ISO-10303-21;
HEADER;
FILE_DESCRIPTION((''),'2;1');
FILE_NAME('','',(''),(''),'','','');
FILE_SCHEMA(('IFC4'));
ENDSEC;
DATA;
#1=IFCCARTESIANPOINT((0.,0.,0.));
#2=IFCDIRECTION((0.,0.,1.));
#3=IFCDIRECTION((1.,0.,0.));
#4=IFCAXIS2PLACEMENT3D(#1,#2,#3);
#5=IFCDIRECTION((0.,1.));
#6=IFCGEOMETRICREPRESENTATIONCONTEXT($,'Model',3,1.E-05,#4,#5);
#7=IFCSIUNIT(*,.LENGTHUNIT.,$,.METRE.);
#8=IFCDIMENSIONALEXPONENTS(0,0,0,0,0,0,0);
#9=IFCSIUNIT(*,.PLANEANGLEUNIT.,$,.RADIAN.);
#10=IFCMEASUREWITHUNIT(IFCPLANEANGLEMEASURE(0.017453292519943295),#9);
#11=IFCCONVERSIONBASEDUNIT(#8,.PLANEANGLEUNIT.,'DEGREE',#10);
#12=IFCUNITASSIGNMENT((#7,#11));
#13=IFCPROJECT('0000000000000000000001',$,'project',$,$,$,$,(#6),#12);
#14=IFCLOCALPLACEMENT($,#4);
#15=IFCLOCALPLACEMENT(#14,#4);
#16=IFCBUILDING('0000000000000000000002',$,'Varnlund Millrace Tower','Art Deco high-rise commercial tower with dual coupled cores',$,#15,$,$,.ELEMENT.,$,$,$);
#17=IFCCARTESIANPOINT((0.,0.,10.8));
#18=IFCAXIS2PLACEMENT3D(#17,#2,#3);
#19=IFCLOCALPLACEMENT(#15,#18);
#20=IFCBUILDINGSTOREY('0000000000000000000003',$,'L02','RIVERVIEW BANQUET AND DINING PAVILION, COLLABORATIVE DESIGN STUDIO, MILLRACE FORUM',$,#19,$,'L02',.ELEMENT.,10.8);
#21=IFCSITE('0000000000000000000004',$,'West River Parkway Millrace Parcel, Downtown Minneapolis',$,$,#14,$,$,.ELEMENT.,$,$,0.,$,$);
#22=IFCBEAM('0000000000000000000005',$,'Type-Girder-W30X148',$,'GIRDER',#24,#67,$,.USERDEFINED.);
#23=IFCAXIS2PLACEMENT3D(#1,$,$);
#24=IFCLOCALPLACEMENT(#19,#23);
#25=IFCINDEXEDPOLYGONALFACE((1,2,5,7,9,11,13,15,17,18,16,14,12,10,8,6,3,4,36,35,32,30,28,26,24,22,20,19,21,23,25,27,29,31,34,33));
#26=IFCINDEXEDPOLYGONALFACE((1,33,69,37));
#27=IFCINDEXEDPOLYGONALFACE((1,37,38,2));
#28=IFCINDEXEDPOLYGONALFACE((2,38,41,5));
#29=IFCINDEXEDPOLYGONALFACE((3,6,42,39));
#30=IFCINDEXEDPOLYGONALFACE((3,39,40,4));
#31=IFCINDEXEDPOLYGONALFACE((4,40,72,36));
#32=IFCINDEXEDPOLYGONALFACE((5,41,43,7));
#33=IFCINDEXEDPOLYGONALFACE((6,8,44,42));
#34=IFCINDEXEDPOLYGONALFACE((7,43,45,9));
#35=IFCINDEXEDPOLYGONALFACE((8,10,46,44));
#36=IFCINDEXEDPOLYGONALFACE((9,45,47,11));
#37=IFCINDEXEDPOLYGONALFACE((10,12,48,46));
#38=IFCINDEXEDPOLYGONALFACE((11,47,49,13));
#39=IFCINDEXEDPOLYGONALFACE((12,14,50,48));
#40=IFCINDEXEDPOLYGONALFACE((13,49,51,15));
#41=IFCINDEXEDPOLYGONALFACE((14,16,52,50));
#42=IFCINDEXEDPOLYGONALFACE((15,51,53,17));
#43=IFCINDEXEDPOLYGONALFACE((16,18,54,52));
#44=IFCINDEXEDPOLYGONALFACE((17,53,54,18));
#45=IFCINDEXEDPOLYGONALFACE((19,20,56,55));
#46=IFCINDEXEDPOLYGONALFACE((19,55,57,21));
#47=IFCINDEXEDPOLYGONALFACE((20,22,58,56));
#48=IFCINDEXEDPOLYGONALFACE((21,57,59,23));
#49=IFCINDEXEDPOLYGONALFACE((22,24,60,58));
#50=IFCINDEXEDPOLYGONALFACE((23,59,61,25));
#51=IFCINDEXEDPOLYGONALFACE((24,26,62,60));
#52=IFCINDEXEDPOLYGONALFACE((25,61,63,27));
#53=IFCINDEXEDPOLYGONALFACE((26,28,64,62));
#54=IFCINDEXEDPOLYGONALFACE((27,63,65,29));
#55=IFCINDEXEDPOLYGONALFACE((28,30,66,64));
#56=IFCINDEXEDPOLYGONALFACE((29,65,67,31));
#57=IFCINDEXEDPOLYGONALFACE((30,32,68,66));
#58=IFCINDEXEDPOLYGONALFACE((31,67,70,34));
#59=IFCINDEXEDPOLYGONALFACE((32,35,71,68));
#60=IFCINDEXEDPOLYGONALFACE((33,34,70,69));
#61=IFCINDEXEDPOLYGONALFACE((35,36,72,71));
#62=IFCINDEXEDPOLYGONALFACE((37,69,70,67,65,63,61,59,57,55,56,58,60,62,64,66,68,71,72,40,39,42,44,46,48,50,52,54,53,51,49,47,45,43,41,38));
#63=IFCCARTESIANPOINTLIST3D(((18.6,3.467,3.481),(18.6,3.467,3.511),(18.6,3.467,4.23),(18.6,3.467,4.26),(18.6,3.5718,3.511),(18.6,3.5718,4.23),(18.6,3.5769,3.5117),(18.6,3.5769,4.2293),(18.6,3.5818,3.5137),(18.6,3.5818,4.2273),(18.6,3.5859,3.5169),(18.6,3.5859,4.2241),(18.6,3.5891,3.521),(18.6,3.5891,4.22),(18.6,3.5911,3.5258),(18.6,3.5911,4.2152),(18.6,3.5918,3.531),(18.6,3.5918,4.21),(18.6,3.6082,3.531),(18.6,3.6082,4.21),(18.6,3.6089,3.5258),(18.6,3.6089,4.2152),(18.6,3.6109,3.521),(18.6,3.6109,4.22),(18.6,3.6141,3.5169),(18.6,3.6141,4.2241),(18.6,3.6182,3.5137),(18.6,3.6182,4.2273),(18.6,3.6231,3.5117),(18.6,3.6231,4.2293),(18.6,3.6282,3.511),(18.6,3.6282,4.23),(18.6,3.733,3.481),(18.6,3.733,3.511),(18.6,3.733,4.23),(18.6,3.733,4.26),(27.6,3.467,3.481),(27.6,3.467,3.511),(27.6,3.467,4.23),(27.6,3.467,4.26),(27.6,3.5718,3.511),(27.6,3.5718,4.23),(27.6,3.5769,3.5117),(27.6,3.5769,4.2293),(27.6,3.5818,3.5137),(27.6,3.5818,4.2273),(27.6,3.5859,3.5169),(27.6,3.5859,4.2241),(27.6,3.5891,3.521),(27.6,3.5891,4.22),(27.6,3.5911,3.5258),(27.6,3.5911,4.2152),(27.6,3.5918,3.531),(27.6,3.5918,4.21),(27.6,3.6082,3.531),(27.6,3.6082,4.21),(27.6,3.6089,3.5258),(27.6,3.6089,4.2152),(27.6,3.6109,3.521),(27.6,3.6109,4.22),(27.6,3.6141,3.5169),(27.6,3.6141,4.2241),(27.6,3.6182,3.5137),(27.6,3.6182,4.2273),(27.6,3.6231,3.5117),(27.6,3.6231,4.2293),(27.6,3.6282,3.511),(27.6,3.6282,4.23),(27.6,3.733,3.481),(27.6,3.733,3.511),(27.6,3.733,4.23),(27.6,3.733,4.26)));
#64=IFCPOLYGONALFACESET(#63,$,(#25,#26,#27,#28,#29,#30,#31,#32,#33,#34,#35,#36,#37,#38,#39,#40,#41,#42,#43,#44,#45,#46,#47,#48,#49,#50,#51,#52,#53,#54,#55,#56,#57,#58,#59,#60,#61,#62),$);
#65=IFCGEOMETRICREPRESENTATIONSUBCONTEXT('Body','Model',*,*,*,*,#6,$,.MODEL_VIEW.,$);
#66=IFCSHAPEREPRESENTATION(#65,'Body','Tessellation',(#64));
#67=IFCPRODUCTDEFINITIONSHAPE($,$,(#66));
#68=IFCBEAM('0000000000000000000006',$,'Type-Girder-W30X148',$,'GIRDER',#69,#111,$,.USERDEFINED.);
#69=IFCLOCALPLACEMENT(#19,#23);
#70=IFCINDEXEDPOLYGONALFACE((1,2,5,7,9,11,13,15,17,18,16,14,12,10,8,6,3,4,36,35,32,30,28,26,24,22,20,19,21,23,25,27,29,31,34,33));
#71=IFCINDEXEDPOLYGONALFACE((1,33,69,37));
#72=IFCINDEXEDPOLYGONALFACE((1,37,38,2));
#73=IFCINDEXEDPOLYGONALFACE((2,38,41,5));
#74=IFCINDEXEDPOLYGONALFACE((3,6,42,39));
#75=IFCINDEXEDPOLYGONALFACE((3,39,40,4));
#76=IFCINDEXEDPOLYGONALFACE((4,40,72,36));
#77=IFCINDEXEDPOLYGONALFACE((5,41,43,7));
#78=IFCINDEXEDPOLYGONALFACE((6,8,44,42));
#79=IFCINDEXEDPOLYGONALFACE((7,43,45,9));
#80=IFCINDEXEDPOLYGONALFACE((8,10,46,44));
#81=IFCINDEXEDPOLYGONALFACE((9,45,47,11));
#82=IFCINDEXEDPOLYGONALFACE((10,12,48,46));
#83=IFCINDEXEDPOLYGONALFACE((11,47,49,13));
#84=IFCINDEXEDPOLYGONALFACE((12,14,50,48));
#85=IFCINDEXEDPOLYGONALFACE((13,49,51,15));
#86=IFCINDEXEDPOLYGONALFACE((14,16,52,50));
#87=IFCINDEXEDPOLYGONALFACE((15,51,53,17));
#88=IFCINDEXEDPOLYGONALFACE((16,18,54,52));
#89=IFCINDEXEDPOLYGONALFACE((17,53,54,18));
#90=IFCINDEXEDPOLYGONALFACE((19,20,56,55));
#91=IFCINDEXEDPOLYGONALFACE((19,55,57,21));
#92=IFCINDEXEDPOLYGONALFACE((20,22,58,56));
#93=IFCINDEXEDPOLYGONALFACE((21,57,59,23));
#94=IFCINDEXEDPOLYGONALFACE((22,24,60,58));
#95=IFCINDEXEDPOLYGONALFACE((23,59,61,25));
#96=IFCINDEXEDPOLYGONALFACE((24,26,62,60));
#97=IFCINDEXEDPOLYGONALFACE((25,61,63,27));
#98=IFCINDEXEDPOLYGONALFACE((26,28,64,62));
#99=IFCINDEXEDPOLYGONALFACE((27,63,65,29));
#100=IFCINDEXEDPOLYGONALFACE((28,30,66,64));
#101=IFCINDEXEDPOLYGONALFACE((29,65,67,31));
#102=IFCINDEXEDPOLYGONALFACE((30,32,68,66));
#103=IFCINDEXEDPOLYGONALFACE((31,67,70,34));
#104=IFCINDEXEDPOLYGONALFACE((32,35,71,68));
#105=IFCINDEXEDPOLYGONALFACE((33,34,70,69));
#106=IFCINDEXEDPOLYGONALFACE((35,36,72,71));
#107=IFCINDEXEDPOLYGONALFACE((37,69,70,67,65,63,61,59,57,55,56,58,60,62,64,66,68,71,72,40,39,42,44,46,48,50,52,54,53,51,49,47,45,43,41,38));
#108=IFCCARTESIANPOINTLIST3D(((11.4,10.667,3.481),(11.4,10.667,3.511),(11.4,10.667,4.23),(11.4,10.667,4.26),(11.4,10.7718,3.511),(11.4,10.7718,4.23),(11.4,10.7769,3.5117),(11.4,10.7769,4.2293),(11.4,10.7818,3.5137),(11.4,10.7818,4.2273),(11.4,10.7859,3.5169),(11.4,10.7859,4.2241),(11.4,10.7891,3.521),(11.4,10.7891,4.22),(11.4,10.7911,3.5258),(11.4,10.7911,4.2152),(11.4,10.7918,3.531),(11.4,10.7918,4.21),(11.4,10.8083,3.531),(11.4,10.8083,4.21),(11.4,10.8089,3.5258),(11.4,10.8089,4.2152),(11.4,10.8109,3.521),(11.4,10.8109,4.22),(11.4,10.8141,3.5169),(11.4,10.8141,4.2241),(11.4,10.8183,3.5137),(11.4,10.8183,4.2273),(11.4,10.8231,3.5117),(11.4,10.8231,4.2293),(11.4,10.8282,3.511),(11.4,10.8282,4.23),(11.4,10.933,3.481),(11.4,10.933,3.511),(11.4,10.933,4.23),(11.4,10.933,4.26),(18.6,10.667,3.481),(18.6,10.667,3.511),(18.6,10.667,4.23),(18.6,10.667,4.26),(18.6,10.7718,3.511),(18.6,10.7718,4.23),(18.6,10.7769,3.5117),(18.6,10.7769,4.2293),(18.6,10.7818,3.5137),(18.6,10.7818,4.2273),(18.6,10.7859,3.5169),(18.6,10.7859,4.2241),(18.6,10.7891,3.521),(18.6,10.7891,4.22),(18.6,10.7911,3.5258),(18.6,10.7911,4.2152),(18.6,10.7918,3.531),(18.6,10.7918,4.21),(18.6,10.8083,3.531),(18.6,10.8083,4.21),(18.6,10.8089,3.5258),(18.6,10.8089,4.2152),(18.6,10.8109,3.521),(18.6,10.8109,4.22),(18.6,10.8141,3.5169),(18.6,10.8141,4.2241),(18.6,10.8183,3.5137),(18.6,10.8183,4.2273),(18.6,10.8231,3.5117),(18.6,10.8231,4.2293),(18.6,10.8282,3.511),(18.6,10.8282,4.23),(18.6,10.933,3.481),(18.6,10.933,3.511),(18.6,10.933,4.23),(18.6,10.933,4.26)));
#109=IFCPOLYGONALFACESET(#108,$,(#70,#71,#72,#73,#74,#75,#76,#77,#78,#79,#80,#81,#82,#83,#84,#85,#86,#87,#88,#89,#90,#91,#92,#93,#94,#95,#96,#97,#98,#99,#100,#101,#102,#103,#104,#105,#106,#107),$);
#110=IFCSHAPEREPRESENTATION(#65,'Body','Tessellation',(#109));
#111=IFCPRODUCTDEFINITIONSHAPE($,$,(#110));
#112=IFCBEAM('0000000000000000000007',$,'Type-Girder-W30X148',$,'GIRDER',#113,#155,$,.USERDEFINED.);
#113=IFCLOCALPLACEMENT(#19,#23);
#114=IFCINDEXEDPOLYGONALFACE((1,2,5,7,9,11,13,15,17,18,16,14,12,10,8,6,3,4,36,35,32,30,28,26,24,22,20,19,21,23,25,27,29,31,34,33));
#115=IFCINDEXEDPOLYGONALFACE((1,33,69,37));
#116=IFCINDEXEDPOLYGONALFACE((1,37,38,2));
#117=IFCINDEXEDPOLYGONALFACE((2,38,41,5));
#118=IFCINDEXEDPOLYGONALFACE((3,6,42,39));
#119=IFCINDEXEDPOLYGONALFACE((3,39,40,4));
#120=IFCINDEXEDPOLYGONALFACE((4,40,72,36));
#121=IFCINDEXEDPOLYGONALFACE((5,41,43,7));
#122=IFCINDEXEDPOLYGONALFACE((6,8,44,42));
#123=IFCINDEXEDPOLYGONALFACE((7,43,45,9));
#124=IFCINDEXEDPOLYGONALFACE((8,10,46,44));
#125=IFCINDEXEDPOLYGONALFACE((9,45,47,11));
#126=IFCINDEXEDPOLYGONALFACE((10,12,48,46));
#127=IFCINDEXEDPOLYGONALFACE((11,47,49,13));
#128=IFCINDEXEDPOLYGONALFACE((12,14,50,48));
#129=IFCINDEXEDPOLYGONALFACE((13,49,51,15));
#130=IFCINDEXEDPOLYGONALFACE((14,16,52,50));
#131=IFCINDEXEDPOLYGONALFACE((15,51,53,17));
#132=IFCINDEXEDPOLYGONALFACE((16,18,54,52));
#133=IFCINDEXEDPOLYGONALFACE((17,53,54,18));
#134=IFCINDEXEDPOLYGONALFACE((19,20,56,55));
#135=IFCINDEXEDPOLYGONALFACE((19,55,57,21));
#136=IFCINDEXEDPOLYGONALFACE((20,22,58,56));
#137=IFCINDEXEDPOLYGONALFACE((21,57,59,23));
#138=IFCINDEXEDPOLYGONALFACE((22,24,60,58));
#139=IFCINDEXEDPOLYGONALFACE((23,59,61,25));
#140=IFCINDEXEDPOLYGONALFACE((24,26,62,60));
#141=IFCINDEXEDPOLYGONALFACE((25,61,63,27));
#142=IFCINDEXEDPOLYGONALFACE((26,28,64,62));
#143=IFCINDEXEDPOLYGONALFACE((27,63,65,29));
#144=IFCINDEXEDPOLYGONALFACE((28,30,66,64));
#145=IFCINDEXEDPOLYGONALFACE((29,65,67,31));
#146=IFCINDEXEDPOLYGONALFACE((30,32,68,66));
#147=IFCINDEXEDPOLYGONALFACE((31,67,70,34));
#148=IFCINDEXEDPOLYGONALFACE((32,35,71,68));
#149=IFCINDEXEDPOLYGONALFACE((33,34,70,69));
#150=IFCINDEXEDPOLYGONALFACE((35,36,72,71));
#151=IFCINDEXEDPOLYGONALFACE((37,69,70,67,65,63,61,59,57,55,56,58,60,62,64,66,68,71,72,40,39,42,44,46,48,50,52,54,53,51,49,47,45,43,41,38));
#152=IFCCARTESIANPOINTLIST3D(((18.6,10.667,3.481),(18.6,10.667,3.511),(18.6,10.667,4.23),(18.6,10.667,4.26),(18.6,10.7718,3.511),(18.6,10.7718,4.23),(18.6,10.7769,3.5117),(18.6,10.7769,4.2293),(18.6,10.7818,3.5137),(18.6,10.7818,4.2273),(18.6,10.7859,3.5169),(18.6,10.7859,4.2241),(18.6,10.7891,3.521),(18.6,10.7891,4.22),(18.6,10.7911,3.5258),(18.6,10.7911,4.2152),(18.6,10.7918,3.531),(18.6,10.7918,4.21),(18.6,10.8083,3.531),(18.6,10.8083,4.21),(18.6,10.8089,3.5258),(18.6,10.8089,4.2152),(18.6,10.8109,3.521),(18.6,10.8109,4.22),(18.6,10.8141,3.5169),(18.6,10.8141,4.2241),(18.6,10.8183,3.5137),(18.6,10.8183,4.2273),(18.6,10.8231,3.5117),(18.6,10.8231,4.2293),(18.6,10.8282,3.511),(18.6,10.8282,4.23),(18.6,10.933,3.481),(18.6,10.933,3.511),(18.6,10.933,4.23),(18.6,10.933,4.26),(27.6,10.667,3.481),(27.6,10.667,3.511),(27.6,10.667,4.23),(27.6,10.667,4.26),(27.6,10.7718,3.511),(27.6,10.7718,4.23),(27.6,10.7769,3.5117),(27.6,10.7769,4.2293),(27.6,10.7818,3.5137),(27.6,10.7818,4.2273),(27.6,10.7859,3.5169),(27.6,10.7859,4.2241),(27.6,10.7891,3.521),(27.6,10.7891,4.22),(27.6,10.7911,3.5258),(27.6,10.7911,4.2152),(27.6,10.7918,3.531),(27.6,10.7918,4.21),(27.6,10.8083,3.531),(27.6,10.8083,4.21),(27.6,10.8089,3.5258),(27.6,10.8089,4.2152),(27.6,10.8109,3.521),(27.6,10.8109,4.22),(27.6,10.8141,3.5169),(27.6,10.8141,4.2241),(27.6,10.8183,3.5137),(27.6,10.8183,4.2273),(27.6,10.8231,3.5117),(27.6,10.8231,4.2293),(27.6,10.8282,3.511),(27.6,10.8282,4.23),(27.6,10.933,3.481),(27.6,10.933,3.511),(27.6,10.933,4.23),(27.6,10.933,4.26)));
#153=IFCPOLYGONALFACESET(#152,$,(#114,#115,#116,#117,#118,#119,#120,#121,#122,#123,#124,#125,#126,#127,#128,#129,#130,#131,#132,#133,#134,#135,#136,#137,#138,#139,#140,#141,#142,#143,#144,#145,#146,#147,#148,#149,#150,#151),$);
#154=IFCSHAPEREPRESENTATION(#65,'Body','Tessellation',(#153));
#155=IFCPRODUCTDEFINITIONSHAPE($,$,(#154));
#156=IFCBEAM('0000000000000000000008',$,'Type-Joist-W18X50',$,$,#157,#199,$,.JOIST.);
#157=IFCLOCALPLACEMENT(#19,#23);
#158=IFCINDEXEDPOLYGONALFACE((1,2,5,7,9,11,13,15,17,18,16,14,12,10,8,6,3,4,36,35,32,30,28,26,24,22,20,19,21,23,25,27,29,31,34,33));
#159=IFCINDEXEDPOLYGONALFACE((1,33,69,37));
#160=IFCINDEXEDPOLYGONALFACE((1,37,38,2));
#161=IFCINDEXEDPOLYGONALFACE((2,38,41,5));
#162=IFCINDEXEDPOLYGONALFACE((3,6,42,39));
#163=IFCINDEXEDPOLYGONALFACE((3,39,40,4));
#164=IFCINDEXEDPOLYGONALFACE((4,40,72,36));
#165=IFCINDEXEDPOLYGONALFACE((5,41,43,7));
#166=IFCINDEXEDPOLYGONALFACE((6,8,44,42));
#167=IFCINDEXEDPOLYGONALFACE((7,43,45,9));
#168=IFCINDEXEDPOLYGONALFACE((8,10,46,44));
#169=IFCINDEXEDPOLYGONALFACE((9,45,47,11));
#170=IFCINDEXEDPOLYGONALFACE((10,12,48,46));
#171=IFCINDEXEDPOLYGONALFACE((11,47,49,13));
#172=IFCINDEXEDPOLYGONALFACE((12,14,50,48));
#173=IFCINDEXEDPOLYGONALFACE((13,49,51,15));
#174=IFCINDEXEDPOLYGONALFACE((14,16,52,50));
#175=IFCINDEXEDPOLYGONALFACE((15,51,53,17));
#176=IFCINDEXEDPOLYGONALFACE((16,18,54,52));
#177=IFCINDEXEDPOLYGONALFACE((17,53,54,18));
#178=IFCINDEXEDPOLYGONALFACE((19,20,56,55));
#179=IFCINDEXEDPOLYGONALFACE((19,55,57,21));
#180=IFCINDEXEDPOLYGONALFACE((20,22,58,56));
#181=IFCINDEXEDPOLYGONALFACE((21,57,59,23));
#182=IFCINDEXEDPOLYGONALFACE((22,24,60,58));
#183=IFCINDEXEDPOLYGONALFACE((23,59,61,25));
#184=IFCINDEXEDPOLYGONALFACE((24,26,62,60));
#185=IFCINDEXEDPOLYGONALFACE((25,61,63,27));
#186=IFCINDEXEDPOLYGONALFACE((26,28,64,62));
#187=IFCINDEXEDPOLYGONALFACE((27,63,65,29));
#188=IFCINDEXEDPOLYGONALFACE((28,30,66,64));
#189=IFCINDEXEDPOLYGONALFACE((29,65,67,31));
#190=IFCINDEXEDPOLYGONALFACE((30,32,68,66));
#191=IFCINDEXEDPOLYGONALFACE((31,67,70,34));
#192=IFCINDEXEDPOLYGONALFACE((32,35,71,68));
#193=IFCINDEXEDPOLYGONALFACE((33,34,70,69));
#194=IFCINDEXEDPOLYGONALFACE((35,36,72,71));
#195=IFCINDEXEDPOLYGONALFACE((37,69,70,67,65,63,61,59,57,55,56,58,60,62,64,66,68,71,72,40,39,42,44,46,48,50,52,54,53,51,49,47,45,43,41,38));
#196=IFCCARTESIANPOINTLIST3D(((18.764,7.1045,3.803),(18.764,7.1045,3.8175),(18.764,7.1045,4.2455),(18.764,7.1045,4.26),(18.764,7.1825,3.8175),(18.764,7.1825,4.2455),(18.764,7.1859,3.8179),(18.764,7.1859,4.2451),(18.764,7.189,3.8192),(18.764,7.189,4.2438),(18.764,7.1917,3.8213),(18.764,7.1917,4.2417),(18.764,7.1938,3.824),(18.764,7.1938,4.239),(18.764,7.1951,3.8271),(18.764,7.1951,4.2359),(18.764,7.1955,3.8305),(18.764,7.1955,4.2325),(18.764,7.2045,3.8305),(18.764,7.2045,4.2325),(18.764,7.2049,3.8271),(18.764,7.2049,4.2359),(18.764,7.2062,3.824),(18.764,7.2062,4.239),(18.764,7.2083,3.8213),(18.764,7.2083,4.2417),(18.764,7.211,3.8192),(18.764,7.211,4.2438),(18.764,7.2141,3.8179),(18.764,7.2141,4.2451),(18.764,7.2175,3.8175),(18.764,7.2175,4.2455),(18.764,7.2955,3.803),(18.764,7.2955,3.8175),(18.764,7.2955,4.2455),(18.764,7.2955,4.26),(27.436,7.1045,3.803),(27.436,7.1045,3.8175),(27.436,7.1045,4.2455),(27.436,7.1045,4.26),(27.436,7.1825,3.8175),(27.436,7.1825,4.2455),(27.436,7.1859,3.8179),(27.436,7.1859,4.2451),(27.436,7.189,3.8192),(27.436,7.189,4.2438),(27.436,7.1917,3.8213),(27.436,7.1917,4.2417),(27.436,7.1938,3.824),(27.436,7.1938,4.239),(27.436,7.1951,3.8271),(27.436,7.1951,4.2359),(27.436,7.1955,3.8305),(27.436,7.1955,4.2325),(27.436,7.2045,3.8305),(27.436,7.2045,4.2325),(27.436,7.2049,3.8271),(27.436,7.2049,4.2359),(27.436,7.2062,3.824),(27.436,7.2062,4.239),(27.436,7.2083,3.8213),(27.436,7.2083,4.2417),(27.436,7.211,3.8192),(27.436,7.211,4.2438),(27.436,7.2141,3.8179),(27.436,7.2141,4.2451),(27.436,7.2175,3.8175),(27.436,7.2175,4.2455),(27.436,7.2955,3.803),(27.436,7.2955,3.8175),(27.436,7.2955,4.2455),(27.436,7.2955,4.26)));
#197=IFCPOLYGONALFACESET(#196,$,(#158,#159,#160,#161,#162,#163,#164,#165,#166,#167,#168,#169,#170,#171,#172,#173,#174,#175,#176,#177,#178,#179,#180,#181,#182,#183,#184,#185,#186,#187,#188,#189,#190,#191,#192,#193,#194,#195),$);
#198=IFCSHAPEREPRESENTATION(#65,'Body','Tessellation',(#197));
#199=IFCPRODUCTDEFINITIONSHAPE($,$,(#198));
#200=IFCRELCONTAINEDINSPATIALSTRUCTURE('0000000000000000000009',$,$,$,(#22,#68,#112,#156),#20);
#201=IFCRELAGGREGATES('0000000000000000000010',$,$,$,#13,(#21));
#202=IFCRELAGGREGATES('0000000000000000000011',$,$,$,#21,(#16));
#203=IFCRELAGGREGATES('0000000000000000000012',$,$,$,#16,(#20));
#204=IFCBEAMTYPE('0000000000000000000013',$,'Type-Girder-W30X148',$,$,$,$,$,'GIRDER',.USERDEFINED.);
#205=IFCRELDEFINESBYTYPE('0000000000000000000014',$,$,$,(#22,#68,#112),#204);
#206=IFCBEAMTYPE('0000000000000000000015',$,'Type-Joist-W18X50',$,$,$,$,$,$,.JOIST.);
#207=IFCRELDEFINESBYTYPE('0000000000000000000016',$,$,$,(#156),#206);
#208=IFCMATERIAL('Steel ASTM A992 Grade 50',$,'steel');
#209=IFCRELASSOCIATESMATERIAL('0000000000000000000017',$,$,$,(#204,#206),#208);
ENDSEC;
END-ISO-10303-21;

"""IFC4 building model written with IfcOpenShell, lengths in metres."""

from ifc_helpers import new_model, entity, si_unit, converted_unit, direction, frame, origin_with_axes, origin_2d_with_axis, place, context, subcontext, project, spatial, i_section, extrude, material, material_profile, profile_set, type_object, element, save


model = new_model("IFC4")

# Units and contexts
model_context = context("Model", 3, precision=1e-05, world=origin_with_axes(), true_north=direction((0.0, 1.0)))
body_context = subcontext(model_context, "Body", "Model", "MODEL_VIEW")
ifc_project = project(units=[si_unit("LENGTHUNIT", "METRE"), converted_unit("PLANEANGLEUNIT", "DEGREE", entity("IfcPlaneAngleMeasure", 0.017453292519943295), si_unit("PLANEANGLEUNIT", "RADIAN"), dimensions=[0, 0, 0, 0, 0, 0, 0])], contexts=[model_context])

# Site, building, storey
site_placement = place(None, origin_with_axes())
site = spatial("IfcSite", under=ifc_project, at=site_placement, Name="West River Parkway Millrace Parcel, Downtown Minneapolis", CompositionType="ELEMENT", RefElevation=0.0)
building_placement = place(site_placement, origin_with_axes())
building = spatial("IfcBuilding", under=site, at=building_placement, Name="Varnlund Millrace Tower", Description="Art Deco high-rise commercial tower with dual coupled cores", CompositionType="ELEMENT")
storey_placement = place(building_placement, frame((0.0, 0.0, 10.8), z_axis=(0.0, 0.0, 1.0), x_axis=(1.0, 0.0, 0.0)))
storey = spatial("IfcBuildingStorey", under=building, at=storey_placement, Name="L02", Description="RIVERVIEW BANQUET AND DINING PAVILION, COLLABORATIVE DESIGN STUDIO, MILLRACE FORUM", LongName="L02", CompositionType="ELEMENT", Elevation=10.8)

# Beams
ifc_material_1 = material(Name="Steel ASTM A992 Grade 50", Category="steel")
ifc_material_profile_1 = material_profile(ifc_material_1, i_section(OverallWidth=0.266, OverallDepth=0.779, WebThickness=0.0165, FlangeThickness=0.03, FilletRadius=0.02, at=origin_2d_with_axis()), Name="Steel ASTM A992 Grade 50")
ifc_profile_set_1 = profile_set([ifc_material_profile_1], Name="Steel ASTM A992 Grade 50")
beam_type_1 = type_object("IfcBeamType", Name="Type-Girder-W30X148", ElementType="GIRDER", PredefinedType="USERDEFINED", material=ifc_profile_set_1)
beam_1_placement = place(storey_placement, frame((18.6, 3.6, 3.8705), z_axis=(1.0, 0.0, 0.0), x_axis=(0.0, 1.0, 0.0)))
element("IfcBeam", 1, at=beam_1_placement, inside=storey, type_object=beam_type_1, Name="Type-Girder-W30X148", ObjectType="GIRDER", PredefinedType="USERDEFINED", context=body_context, shape_type="SweptSolid", body=[
    extrude(i_section(OverallWidth=0.266, OverallDepth=0.779, WebThickness=0.0165, FlangeThickness=0.03, FilletRadius=0.02, at=origin_2d_with_axis()), origin_with_axes(), (0.0, 0.0, 1.0), 9.0),
])
beam_2_placement = place(storey_placement, frame((11.4, 10.8, 3.8705), z_axis=(1.0, 0.0, 0.0), x_axis=(0.0, 1.0, 0.0)))
element("IfcBeam", 2, at=beam_2_placement, inside=storey, type_object=beam_type_1, Name="Type-Girder-W30X148", ObjectType="GIRDER", PredefinedType="USERDEFINED", context=body_context, shape_type="SweptSolid", body=[
    extrude(i_section(OverallWidth=0.266, OverallDepth=0.779, WebThickness=0.0165, FlangeThickness=0.03, FilletRadius=0.02, at=origin_2d_with_axis()), origin_with_axes(), (0.0, 0.0, 1.0), 7.2),
])
beam_3_placement = place(storey_placement, frame((18.6, 10.8, 3.8705), z_axis=(1.0, 0.0, 0.0), x_axis=(0.0, 1.0, 0.0)))
element("IfcBeam", 3, at=beam_3_placement, inside=storey, type_object=beam_type_1, Name="Type-Girder-W30X148", ObjectType="GIRDER", PredefinedType="USERDEFINED", context=body_context, shape_type="SweptSolid", body=[
    extrude(i_section(OverallWidth=0.266, OverallDepth=0.779, WebThickness=0.0165, FlangeThickness=0.03, FilletRadius=0.02, at=origin_2d_with_axis()), origin_with_axes(), (0.0, 0.0, 1.0), 9.0),
])
ifc_material_profile_2 = material_profile(ifc_material_1, i_section(OverallWidth=0.191, OverallDepth=0.457, WebThickness=0.009, FlangeThickness=0.0145, FilletRadius=0.013, at=origin_2d_with_axis()), Name="Steel ASTM A992 Grade 50")
ifc_profile_set_2 = profile_set([ifc_material_profile_2], Name="Steel ASTM A992 Grade 50")
beam_type_2 = type_object("IfcBeamType", Name="Type-Joist-W18X50", PredefinedType="JOIST", material=ifc_profile_set_2)
for number, where, z_axis, x_axis, name in (
    (4, (18.764, 7.2, 4.0315), (1.0, 0.0, 0.0), (0.0, 1.0, 0.0), "Type-Joist-W18X50"),
):
    element("IfcBeam", number, at=place(storey_placement, frame(where, z_axis=z_axis, x_axis=x_axis)), inside=storey, type_object=beam_type_2, Name=name, PredefinedType="JOIST", context=body_context, shape_type="SweptSolid", body=[
        extrude(i_section(OverallWidth=0.191, OverallDepth=0.457, WebThickness=0.009, FlangeThickness=0.0145, FilletRadius=0.013, at=origin_2d_with_axis()), origin_with_axes(), (0.0, 0.0, 1.0), 8.672),
    ])

save(model, "model.ifc")
